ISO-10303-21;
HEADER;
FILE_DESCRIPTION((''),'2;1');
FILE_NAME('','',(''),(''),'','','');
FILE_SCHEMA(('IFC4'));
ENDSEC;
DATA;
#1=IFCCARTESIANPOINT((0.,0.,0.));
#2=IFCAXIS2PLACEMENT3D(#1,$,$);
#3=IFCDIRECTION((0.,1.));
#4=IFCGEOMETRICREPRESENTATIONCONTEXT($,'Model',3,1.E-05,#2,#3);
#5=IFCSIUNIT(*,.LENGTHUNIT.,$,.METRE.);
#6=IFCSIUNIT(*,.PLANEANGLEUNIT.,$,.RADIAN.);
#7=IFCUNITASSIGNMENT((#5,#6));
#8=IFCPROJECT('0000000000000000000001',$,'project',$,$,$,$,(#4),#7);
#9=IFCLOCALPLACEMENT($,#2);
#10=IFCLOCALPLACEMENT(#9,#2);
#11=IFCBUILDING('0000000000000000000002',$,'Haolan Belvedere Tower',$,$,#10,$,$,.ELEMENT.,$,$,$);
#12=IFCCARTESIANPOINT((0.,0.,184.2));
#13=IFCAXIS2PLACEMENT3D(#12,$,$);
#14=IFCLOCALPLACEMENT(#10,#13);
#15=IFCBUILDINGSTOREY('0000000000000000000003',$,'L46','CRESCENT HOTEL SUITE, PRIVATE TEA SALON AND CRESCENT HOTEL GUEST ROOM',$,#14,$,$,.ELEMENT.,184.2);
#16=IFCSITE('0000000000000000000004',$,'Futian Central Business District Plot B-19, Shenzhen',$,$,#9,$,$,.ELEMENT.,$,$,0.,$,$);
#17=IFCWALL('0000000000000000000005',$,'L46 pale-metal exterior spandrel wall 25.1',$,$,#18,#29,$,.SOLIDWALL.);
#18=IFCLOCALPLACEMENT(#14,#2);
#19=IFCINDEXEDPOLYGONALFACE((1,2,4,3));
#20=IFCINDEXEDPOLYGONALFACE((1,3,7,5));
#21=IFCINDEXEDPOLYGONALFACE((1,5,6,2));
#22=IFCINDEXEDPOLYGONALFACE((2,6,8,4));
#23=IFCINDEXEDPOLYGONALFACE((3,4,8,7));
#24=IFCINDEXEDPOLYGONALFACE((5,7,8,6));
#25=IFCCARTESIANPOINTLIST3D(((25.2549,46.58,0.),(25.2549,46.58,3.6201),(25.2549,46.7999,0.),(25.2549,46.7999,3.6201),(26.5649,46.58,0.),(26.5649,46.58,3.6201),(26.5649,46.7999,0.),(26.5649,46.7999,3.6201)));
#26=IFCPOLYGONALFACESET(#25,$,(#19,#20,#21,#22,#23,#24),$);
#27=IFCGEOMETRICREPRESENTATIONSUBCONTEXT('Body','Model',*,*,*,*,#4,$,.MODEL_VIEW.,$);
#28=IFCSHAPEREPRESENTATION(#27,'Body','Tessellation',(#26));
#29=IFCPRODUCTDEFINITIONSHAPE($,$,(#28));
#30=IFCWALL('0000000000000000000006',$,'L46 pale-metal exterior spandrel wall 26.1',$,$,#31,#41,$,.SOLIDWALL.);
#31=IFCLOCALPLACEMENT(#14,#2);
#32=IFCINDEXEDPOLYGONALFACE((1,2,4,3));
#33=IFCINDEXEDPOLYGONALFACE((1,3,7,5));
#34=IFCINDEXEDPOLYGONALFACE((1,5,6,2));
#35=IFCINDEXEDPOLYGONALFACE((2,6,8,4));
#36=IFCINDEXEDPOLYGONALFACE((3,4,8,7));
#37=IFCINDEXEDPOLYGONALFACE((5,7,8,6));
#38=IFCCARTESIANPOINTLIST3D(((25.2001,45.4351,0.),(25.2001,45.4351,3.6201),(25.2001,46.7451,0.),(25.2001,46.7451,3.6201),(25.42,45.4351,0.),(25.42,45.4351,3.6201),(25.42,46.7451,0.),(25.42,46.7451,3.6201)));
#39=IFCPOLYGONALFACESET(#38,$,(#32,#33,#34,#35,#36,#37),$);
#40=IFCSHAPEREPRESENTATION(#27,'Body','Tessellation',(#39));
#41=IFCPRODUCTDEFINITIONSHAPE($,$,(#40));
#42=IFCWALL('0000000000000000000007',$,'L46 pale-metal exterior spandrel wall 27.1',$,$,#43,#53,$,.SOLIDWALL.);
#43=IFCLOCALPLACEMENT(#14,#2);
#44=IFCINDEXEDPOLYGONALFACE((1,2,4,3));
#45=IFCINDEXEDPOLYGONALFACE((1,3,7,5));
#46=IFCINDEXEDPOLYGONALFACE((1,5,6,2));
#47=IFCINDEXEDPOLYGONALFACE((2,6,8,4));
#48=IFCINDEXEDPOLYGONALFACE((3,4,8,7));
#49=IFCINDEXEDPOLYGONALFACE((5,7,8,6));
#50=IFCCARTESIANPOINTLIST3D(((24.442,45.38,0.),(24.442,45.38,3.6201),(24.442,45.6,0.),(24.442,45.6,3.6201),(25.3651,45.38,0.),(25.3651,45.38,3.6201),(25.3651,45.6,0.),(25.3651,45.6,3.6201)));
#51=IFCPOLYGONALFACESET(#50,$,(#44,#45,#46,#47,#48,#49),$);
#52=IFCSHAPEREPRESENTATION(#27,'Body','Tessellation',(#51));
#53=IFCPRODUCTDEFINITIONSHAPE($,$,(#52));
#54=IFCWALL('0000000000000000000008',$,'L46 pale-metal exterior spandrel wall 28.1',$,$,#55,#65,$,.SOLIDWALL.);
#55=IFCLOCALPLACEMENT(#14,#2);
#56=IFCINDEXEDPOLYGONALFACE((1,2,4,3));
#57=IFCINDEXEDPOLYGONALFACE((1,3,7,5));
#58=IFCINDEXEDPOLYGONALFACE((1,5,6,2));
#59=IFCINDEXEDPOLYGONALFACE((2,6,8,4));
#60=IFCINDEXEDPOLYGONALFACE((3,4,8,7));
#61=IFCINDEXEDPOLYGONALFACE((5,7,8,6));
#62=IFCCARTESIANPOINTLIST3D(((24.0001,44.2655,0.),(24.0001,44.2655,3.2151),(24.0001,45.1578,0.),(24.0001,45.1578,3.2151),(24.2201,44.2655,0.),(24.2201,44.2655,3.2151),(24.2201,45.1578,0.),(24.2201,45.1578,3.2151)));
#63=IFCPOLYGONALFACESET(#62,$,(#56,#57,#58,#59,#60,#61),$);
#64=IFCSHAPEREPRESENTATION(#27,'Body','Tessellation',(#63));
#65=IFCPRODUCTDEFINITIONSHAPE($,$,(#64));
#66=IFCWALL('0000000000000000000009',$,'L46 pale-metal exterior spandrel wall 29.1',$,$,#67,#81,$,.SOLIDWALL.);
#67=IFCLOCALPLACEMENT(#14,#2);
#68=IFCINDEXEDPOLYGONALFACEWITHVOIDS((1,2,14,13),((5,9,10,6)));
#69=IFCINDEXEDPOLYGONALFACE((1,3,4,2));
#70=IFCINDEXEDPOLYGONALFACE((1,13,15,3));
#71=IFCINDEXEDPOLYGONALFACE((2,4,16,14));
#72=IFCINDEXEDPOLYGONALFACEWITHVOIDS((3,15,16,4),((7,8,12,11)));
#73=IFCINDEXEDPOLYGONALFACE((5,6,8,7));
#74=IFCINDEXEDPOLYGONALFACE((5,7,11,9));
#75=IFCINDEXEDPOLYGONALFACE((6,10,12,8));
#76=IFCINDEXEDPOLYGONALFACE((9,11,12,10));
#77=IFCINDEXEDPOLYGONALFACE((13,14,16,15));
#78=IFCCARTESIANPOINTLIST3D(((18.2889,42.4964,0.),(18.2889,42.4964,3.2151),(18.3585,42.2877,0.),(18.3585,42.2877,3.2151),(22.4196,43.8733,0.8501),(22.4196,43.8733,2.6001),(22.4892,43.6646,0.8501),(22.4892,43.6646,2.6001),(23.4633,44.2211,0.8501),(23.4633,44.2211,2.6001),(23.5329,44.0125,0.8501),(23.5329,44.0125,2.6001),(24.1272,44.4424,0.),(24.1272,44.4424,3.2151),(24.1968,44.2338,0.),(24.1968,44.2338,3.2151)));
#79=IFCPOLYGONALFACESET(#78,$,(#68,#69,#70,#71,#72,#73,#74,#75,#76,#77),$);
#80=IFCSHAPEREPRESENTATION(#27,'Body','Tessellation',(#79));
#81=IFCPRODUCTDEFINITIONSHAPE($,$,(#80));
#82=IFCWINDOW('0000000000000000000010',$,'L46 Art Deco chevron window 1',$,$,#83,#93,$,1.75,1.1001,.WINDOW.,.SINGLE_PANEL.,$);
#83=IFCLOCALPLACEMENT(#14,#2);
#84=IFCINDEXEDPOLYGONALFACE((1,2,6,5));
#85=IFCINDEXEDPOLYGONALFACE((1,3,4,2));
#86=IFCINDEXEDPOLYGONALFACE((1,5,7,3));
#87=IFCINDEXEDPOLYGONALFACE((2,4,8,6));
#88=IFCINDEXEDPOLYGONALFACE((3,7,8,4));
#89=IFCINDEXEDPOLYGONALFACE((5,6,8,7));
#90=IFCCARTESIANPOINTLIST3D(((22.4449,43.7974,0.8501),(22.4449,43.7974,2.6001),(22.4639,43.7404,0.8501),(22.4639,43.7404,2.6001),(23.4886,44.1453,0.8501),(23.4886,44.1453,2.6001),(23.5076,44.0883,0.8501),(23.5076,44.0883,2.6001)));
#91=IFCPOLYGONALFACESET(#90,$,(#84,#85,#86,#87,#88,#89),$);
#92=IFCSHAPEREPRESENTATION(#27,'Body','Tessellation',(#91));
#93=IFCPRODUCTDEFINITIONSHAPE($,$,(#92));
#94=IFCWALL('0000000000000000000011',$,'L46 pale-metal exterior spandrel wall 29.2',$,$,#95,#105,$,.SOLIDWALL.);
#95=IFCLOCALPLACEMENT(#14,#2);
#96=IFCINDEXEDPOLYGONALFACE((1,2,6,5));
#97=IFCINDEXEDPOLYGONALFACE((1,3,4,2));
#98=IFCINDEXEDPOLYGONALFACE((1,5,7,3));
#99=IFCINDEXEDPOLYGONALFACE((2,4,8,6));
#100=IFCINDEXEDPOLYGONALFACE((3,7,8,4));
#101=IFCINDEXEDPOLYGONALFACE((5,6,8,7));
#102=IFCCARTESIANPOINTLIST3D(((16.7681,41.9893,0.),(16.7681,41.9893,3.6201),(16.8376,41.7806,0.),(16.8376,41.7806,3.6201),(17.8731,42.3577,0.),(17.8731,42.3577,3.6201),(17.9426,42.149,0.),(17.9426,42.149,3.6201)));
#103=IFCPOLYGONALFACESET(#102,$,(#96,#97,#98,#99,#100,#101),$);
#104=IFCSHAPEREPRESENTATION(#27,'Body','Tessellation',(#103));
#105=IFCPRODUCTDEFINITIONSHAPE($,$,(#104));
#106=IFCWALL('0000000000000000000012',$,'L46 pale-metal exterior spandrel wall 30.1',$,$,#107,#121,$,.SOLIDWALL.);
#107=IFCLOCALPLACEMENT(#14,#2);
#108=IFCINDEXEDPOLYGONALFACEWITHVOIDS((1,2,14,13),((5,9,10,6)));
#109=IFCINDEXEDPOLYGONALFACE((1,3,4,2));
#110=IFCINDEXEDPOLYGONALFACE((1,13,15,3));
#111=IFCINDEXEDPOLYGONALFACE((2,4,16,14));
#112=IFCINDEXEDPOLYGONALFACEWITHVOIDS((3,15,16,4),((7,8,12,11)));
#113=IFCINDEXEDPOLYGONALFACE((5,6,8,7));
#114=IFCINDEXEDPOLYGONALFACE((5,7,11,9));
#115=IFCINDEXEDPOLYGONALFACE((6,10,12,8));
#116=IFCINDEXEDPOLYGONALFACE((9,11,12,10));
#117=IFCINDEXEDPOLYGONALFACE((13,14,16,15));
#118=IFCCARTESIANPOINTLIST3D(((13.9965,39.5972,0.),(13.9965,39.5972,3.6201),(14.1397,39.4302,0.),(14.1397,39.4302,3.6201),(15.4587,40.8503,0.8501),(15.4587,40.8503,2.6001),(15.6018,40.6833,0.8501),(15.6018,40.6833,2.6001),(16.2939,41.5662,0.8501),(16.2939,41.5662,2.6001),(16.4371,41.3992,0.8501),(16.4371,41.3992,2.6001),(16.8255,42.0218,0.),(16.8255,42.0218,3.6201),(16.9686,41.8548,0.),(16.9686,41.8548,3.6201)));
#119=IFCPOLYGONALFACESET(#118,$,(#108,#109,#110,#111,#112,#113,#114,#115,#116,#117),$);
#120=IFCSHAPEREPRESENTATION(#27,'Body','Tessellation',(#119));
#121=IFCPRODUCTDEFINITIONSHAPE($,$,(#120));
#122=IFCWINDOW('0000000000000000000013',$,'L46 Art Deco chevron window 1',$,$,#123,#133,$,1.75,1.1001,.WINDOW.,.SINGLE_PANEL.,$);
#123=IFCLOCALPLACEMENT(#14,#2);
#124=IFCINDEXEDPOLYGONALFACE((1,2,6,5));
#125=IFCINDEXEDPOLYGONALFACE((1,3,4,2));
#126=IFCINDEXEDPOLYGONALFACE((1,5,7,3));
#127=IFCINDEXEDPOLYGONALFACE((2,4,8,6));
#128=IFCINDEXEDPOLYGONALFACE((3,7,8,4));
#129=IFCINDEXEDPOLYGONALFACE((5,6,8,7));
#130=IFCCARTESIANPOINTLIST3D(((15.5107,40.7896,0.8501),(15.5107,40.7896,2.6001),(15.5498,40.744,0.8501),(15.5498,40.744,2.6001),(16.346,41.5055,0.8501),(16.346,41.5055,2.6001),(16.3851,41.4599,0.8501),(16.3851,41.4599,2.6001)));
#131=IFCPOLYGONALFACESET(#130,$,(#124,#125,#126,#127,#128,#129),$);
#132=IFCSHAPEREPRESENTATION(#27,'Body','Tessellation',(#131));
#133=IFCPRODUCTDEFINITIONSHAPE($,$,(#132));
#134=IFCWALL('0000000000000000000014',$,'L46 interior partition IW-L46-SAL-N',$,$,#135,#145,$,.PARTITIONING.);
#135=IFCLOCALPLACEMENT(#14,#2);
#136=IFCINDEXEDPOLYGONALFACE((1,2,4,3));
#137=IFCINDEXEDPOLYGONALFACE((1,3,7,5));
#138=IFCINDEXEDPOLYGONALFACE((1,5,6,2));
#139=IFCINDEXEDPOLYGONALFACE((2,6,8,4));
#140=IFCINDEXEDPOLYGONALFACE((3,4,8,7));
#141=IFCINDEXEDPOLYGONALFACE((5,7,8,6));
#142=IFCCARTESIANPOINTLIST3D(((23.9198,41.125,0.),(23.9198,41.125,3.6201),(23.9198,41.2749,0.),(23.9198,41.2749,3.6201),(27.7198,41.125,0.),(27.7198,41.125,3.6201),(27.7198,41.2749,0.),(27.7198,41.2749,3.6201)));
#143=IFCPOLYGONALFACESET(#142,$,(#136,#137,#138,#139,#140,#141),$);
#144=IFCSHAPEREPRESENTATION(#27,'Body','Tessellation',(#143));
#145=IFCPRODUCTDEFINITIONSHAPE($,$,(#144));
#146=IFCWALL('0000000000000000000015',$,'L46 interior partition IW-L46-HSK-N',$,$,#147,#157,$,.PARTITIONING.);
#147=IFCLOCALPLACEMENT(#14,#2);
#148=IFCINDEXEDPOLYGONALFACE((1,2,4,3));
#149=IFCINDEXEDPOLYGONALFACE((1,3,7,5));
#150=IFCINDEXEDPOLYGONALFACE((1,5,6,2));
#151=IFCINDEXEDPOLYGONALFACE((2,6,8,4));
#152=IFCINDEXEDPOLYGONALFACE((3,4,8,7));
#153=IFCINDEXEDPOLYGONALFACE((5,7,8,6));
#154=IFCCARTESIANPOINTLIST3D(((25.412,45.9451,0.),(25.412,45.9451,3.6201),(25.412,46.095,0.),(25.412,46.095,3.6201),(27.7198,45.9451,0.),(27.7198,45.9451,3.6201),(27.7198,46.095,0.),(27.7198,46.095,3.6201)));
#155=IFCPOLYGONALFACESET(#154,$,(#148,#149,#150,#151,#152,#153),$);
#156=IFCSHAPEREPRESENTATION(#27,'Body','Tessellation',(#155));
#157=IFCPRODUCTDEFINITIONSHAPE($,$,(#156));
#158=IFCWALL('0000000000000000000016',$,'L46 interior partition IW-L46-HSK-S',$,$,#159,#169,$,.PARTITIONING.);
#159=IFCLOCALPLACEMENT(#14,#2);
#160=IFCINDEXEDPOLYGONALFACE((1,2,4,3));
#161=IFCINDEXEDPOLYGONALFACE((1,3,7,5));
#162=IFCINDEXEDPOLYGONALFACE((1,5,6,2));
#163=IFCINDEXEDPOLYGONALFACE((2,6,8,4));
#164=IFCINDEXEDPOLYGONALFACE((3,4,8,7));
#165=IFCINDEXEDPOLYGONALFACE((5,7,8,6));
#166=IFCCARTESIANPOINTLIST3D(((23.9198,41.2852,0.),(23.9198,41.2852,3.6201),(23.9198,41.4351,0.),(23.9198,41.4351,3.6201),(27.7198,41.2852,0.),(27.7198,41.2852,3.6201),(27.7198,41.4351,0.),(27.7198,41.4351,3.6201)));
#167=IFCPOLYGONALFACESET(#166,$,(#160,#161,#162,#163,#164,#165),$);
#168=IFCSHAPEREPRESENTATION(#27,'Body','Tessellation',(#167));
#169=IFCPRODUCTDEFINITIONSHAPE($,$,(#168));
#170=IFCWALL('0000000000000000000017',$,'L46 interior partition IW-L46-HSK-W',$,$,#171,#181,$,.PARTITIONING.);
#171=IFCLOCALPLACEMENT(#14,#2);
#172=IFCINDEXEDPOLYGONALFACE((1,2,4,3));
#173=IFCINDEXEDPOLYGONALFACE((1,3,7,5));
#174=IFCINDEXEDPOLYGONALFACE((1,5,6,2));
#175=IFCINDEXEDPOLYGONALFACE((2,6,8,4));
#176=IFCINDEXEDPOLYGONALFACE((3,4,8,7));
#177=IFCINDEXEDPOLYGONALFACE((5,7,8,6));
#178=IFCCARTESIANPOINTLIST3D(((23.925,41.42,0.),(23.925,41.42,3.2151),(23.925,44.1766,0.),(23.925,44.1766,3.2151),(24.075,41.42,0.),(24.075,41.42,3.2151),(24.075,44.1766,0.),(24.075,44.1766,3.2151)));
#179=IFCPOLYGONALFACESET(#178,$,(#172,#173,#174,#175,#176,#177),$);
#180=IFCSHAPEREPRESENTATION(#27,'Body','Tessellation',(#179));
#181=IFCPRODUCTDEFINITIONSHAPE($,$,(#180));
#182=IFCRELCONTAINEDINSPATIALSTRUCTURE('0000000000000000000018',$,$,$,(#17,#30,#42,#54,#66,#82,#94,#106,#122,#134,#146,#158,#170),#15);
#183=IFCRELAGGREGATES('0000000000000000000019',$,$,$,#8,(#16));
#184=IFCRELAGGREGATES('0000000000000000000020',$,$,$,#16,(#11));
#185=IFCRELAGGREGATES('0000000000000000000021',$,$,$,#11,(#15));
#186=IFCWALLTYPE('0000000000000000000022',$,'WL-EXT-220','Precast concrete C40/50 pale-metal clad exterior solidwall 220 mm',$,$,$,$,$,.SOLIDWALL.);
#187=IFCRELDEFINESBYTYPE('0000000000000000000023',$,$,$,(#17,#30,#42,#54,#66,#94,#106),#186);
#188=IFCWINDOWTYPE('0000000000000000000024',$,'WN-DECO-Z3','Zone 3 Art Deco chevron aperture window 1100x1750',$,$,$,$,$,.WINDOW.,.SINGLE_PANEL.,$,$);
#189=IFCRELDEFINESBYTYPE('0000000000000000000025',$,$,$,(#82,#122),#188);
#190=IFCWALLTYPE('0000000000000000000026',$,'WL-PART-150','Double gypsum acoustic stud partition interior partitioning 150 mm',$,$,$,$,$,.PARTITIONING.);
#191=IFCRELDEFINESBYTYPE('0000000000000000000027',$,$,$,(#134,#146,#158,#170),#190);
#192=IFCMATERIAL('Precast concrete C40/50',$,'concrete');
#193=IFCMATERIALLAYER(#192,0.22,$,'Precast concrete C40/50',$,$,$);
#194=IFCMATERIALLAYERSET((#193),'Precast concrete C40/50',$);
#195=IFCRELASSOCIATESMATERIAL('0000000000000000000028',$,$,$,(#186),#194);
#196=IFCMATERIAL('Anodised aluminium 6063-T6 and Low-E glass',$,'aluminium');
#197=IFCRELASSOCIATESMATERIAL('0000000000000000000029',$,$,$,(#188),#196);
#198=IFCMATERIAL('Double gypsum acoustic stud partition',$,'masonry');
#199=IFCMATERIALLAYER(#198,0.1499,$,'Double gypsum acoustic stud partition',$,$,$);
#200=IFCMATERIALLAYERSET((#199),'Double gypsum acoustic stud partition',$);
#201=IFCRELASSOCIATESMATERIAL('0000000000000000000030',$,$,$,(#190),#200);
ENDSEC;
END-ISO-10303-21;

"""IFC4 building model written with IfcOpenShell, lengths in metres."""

from ifc_helpers import new_model, si_unit, direction, frame, frame_2d, origin, place, context, subcontext, project, spatial, rectangle, extrude, material, layer, layer_set, type_object, element, fill, save


model = new_model("IFC4")

# Units and contexts
model_context = context("Model", 3, precision=1e-05, world=origin(), true_north=direction((0.0, 1.0)))
body_context = subcontext(model_context, "Body", "Model", "MODEL_VIEW")
ifc_project = project(units=[si_unit("LENGTHUNIT", "METRE"), si_unit("PLANEANGLEUNIT", "RADIAN")], contexts=[model_context])

# Site, building, storey
site_placement = place(None, origin())
site = spatial("IfcSite", under=ifc_project, at=site_placement, Name="Futian Central Business District Plot B-19, Shenzhen", CompositionType="ELEMENT", RefElevation=0.0)
building_placement = place(site_placement, origin())
building = spatial("IfcBuilding", under=site, at=building_placement, Name="Haolan Belvedere Tower", CompositionType="ELEMENT")
storey_placement = place(building_placement, frame((0.0, 0.0, 184.2)))
storey = spatial("IfcBuildingStorey", under=building, at=storey_placement, Name="L46", Description="CRESCENT HOTEL SUITE, PRIVATE TEA SALON AND CRESCENT HOTEL GUEST ROOM", CompositionType="ELEMENT", Elevation=184.2)

# Walls
ifc_material_1 = material(Name="Precast concrete C40/50", Category="concrete")
ifc_layer_1 = layer(ifc_material_1, 0.22, Name="Precast concrete C40/50")
ifc_layer_set_1 = layer_set([ifc_layer_1], Name="Precast concrete C40/50")
wall_type_1 = type_object("IfcWallType", Name="WL-EXT-220", Description="Precast concrete C40/50 pale-metal clad exterior solidwall 220 mm", PredefinedType="SOLIDWALL", material=ifc_layer_set_1)
for number, where, z_axis, x_axis, name in (
    (1, (26.5649, 46.6899, 0.0), (0.0, 0.0, 1.0), (-1.0, 0.0, 0.0), "L46 pale-metal exterior spandrel wall 25.1"),
    (2, (25.3101, 46.7451, 0.0), (0.0, 0.0, 1.0), (0.0, -1.0, 0.0), "L46 pale-metal exterior spandrel wall 26.1"),
):
    element("IfcWall", number, at=place(storey_placement, frame(where, z_axis=z_axis, x_axis=x_axis)), inside=storey, type_object=wall_type_1, Name=name, PredefinedType="SOLIDWALL", context=body_context, shape_type="SweptSolid", body=[
        extrude(rectangle(XDim=1.3101, YDim=0.22, at=frame_2d((0.655, 0.0))), origin(), (0.0, 0.0, 1.0), 3.6201),
    ])
wall_1_placement = place(storey_placement, frame((25.365, 45.49, 0.0), z_axis=(0.0, 0.0, 1.0), x_axis=(-1.0, 0.0, 0.0)))
element("IfcWall", 3, at=wall_1_placement, inside=storey, type_object=wall_type_1, Name="L46 pale-metal exterior spandrel wall 27.1", PredefinedType="SOLIDWALL", context=body_context, shape_type="SweptSolid", body=[
    extrude(rectangle(XDim=0.9231, YDim=0.22, at=frame_2d((0.4614, 0.0))), origin(), (0.0, 0.0, 1.0), 3.6201),
])
wall_2_placement = place(storey_placement, frame((24.1101, 45.158, 0.0), z_axis=(0.0, 0.0, 1.0), x_axis=(0.0, -1.0, 0.0)))
element("IfcWall", 4, at=wall_2_placement, inside=storey, type_object=wall_type_1, Name="L46 pale-metal exterior spandrel wall 28.1", PredefinedType="SOLIDWALL", context=body_context, shape_type="SweptSolid", body=[
    extrude(rectangle(XDim=0.8923, YDim=0.22, at=frame_2d((0.4463, 0.0))), origin(), (0.0, 0.0, 1.0), 3.2151),
])

# Wall, opening, window
wall_3_placement = place(storey_placement, frame((24.1621, 44.3381, 0.0), z_axis=(0.0, 0.0, 1.0), x_axis=(-0.948687, -0.316216, 0.0)))
wall_3 = element("IfcWall", 5, at=wall_3_placement, inside=storey, type_object=wall_type_1, Name="L46 pale-metal exterior spandrel wall 29.1", PredefinedType="SOLIDWALL", context=body_context, shape_type="SweptSolid", body=[
    extrude(rectangle(XDim=6.1541, YDim=0.22, at=frame_2d((3.0771, 0.0))), origin(), (0.0, 0.0, 1.0), 3.2151),
])
opening_1_placement = place(wall_3_placement, frame((0.7, 0.0, 0.8501)))
opening_1 = element("IfcOpeningElement", 6, at=opening_1_placement, cuts=wall_3, PredefinedType="OPENING", context=body_context, shape_type="SweptSolid", body=[
    extrude(rectangle(XDim=1.1001, YDim=1.75, at=frame_2d((0.55, 0.875))), frame((0.0, 0.1199, 0.0), z_axis=(0.0, -1.0, 0.0), x_axis=(1.0, 0.0, 0.0)), (0.0, 0.0, 1.0), 0.24),
])
ifc_material_2 = material(Name="Anodised aluminium 6063-T6 and Low-E glass", Category="aluminium")
window_type = type_object("IfcWindowType", Name="WN-DECO-Z3", Description="Zone 3 Art Deco chevron aperture window 1100x1750", PartitioningType="SINGLE_PANEL", PredefinedType="WINDOW", material=ifc_material_2)
window_1_placement = place(opening_1_placement, origin())
window_1 = element("IfcWindow", 7, at=window_1_placement, inside=storey, type_object=window_type, Name="L46 Art Deco chevron window 1", OverallHeight=1.75, OverallWidth=1.1001, PartitioningType="SINGLE_PANEL", PredefinedType="WINDOW", context=body_context, shape_type="SweptSolid", body=[
    extrude(rectangle(XDim=1.1001, YDim=1.75, at=frame_2d((0.55, 0.875))), frame((0.0, 0.03, 0.0), z_axis=(0.0, -1.0, 0.0), x_axis=(1.0, 0.0, 0.0)), (0.0, 0.0, 1.0), 0.0601),
])
fill(opening_1, window_1)

# Wall
wall_4_placement = place(storey_placement, frame((17.908, 42.2534, 0.0), z_axis=(0.0, 0.0, 1.0), x_axis=(-0.948662, -0.316291, 0.0)))
element("IfcWall", 8, at=wall_4_placement, inside=storey, type_object=wall_type_1, Name="L46 pale-metal exterior spandrel wall 29.2", PredefinedType="SOLIDWALL", context=body_context, shape_type="SweptSolid", body=[
    extrude(rectangle(XDim=1.1648, YDim=0.22, at=frame_2d((0.5825, 0.0))), origin(), (0.0, 0.0, 1.0), 3.6201),
])

# Wall, opening, window
wall_5_placement = place(storey_placement, frame((16.897, 41.9382, 0.0), z_axis=(0.0, 0.0, 1.0), x_axis=(-0.75928, -0.650764, 0.0)))
wall_5 = element("IfcWall", 9, at=wall_5_placement, inside=storey, type_object=wall_type_1, Name="L46 pale-metal exterior spandrel wall 30.1", PredefinedType="SOLIDWALL", context=body_context, shape_type="SweptSolid", body=[
    extrude(rectangle(XDim=3.7258, YDim=0.22, at=frame_2d((1.8628, 0.0))), origin(), (0.0, 0.0, 1.0), 3.6201),
])
opening_2_placement = place(wall_5_placement, frame((0.7, 0.0, 0.8501)))
opening_2 = element("IfcOpeningElement", 10, at=opening_2_placement, cuts=wall_5, PredefinedType="OPENING", context=body_context, shape_type="SweptSolid", body=[
    extrude(rectangle(XDim=1.1001, YDim=1.75, at=frame_2d((0.55, 0.875))), frame((0.0, 0.1199, 0.0), z_axis=(0.0, -1.0, 0.0), x_axis=(1.0, 0.0, 0.0)), (0.0, 0.0, 1.0), 0.24),
])
window_2_placement = place(opening_2_placement, origin())
window_2 = element("IfcWindow", 11, at=window_2_placement, inside=storey, type_object=window_type, Name="L46 Art Deco chevron window 1", OverallHeight=1.75, OverallWidth=1.1001, PartitioningType="SINGLE_PANEL", PredefinedType="WINDOW", context=body_context, shape_type="SweptSolid", body=[
    extrude(rectangle(XDim=1.1001, YDim=1.75, at=frame_2d((0.55, 0.875))), frame((0.0, 0.03, 0.0), z_axis=(0.0, -1.0, 0.0), x_axis=(1.0, 0.0, 0.0)), (0.0, 0.0, 1.0), 0.0601),
])
fill(opening_2, window_2)

# Walls
ifc_material_3 = material(Name="Double gypsum acoustic stud partition", Category="masonry")
ifc_layer_2 = layer(ifc_material_3, 0.1499, Name="Double gypsum acoustic stud partition")
ifc_layer_set_2 = layer_set([ifc_layer_2], Name="Double gypsum acoustic stud partition")
wall_type_2 = type_object("IfcWallType", Name="WL-PART-150", Description="Double gypsum acoustic stud partition interior partitioning 150 mm", PredefinedType="PARTITIONING", material=ifc_layer_set_2)
wall_6_placement = place(storey_placement, frame((23.9199, 41.2, 0.0), z_axis=(0.0, 0.0, 1.0), x_axis=(1.0, 0.0, 0.0)))
element("IfcWall", 12, at=wall_6_placement, inside=storey, type_object=wall_type_2, Name="L46 interior partition IW-L46-SAL-N", PredefinedType="PARTITIONING", context=body_context, shape_type="SweptSolid", body=[
    extrude(rectangle(XDim=3.8, YDim=0.1499, at=frame_2d((1.8999, 0.0))), origin(), (0.0, 0.0, 1.0), 3.6201),
])
wall_7_placement = place(storey_placement, frame((25.4121, 46.02, 0.0), z_axis=(0.0, 0.0, 1.0), x_axis=(1.0, 0.0, 0.0)))
element("IfcWall", 13, at=wall_7_placement, inside=storey, type_object=wall_type_2, Name="L46 interior partition IW-L46-HSK-N", PredefinedType="PARTITIONING", context=body_context, shape_type="SweptSolid", body=[
    extrude(rectangle(XDim=2.3079, YDim=0.1499, at=frame_2d((1.1538, 0.0))), origin(), (0.0, 0.0, 1.0), 3.6201),
])
wall_8_placement = place(storey_placement, frame((23.9199, 41.3601, 0.0), z_axis=(0.0, 0.0, 1.0), x_axis=(1.0, 0.0, 0.0)))
element("IfcWall", 14, at=wall_8_placement, inside=storey, type_object=wall_type_2, Name="L46 interior partition IW-L46-HSK-S", PredefinedType="PARTITIONING", context=body_context, shape_type="SweptSolid", body=[
    extrude(rectangle(XDim=3.8, YDim=0.1499, at=frame_2d((1.8999, 0.0))), origin(), (0.0, 0.0, 1.0), 3.6201),
])
wall_9_placement = place(storey_placement, frame((24.0, 41.4199, 0.0), z_axis=(0.0, 0.0, 1.0), x_axis=(0.0, 1.0, 0.0)))
element("IfcWall", 15, at=wall_9_placement, inside=storey, type_object=wall_type_2, Name="L46 interior partition IW-L46-HSK-W", PredefinedType="PARTITIONING", context=body_context, shape_type="SweptSolid", body=[
    extrude(rectangle(XDim=2.7566, YDim=0.1499, at=frame_2d((1.3784, 0.0))), origin(), (0.0, 0.0, 1.0), 3.2151),
])

save(model, "model.ifc")
